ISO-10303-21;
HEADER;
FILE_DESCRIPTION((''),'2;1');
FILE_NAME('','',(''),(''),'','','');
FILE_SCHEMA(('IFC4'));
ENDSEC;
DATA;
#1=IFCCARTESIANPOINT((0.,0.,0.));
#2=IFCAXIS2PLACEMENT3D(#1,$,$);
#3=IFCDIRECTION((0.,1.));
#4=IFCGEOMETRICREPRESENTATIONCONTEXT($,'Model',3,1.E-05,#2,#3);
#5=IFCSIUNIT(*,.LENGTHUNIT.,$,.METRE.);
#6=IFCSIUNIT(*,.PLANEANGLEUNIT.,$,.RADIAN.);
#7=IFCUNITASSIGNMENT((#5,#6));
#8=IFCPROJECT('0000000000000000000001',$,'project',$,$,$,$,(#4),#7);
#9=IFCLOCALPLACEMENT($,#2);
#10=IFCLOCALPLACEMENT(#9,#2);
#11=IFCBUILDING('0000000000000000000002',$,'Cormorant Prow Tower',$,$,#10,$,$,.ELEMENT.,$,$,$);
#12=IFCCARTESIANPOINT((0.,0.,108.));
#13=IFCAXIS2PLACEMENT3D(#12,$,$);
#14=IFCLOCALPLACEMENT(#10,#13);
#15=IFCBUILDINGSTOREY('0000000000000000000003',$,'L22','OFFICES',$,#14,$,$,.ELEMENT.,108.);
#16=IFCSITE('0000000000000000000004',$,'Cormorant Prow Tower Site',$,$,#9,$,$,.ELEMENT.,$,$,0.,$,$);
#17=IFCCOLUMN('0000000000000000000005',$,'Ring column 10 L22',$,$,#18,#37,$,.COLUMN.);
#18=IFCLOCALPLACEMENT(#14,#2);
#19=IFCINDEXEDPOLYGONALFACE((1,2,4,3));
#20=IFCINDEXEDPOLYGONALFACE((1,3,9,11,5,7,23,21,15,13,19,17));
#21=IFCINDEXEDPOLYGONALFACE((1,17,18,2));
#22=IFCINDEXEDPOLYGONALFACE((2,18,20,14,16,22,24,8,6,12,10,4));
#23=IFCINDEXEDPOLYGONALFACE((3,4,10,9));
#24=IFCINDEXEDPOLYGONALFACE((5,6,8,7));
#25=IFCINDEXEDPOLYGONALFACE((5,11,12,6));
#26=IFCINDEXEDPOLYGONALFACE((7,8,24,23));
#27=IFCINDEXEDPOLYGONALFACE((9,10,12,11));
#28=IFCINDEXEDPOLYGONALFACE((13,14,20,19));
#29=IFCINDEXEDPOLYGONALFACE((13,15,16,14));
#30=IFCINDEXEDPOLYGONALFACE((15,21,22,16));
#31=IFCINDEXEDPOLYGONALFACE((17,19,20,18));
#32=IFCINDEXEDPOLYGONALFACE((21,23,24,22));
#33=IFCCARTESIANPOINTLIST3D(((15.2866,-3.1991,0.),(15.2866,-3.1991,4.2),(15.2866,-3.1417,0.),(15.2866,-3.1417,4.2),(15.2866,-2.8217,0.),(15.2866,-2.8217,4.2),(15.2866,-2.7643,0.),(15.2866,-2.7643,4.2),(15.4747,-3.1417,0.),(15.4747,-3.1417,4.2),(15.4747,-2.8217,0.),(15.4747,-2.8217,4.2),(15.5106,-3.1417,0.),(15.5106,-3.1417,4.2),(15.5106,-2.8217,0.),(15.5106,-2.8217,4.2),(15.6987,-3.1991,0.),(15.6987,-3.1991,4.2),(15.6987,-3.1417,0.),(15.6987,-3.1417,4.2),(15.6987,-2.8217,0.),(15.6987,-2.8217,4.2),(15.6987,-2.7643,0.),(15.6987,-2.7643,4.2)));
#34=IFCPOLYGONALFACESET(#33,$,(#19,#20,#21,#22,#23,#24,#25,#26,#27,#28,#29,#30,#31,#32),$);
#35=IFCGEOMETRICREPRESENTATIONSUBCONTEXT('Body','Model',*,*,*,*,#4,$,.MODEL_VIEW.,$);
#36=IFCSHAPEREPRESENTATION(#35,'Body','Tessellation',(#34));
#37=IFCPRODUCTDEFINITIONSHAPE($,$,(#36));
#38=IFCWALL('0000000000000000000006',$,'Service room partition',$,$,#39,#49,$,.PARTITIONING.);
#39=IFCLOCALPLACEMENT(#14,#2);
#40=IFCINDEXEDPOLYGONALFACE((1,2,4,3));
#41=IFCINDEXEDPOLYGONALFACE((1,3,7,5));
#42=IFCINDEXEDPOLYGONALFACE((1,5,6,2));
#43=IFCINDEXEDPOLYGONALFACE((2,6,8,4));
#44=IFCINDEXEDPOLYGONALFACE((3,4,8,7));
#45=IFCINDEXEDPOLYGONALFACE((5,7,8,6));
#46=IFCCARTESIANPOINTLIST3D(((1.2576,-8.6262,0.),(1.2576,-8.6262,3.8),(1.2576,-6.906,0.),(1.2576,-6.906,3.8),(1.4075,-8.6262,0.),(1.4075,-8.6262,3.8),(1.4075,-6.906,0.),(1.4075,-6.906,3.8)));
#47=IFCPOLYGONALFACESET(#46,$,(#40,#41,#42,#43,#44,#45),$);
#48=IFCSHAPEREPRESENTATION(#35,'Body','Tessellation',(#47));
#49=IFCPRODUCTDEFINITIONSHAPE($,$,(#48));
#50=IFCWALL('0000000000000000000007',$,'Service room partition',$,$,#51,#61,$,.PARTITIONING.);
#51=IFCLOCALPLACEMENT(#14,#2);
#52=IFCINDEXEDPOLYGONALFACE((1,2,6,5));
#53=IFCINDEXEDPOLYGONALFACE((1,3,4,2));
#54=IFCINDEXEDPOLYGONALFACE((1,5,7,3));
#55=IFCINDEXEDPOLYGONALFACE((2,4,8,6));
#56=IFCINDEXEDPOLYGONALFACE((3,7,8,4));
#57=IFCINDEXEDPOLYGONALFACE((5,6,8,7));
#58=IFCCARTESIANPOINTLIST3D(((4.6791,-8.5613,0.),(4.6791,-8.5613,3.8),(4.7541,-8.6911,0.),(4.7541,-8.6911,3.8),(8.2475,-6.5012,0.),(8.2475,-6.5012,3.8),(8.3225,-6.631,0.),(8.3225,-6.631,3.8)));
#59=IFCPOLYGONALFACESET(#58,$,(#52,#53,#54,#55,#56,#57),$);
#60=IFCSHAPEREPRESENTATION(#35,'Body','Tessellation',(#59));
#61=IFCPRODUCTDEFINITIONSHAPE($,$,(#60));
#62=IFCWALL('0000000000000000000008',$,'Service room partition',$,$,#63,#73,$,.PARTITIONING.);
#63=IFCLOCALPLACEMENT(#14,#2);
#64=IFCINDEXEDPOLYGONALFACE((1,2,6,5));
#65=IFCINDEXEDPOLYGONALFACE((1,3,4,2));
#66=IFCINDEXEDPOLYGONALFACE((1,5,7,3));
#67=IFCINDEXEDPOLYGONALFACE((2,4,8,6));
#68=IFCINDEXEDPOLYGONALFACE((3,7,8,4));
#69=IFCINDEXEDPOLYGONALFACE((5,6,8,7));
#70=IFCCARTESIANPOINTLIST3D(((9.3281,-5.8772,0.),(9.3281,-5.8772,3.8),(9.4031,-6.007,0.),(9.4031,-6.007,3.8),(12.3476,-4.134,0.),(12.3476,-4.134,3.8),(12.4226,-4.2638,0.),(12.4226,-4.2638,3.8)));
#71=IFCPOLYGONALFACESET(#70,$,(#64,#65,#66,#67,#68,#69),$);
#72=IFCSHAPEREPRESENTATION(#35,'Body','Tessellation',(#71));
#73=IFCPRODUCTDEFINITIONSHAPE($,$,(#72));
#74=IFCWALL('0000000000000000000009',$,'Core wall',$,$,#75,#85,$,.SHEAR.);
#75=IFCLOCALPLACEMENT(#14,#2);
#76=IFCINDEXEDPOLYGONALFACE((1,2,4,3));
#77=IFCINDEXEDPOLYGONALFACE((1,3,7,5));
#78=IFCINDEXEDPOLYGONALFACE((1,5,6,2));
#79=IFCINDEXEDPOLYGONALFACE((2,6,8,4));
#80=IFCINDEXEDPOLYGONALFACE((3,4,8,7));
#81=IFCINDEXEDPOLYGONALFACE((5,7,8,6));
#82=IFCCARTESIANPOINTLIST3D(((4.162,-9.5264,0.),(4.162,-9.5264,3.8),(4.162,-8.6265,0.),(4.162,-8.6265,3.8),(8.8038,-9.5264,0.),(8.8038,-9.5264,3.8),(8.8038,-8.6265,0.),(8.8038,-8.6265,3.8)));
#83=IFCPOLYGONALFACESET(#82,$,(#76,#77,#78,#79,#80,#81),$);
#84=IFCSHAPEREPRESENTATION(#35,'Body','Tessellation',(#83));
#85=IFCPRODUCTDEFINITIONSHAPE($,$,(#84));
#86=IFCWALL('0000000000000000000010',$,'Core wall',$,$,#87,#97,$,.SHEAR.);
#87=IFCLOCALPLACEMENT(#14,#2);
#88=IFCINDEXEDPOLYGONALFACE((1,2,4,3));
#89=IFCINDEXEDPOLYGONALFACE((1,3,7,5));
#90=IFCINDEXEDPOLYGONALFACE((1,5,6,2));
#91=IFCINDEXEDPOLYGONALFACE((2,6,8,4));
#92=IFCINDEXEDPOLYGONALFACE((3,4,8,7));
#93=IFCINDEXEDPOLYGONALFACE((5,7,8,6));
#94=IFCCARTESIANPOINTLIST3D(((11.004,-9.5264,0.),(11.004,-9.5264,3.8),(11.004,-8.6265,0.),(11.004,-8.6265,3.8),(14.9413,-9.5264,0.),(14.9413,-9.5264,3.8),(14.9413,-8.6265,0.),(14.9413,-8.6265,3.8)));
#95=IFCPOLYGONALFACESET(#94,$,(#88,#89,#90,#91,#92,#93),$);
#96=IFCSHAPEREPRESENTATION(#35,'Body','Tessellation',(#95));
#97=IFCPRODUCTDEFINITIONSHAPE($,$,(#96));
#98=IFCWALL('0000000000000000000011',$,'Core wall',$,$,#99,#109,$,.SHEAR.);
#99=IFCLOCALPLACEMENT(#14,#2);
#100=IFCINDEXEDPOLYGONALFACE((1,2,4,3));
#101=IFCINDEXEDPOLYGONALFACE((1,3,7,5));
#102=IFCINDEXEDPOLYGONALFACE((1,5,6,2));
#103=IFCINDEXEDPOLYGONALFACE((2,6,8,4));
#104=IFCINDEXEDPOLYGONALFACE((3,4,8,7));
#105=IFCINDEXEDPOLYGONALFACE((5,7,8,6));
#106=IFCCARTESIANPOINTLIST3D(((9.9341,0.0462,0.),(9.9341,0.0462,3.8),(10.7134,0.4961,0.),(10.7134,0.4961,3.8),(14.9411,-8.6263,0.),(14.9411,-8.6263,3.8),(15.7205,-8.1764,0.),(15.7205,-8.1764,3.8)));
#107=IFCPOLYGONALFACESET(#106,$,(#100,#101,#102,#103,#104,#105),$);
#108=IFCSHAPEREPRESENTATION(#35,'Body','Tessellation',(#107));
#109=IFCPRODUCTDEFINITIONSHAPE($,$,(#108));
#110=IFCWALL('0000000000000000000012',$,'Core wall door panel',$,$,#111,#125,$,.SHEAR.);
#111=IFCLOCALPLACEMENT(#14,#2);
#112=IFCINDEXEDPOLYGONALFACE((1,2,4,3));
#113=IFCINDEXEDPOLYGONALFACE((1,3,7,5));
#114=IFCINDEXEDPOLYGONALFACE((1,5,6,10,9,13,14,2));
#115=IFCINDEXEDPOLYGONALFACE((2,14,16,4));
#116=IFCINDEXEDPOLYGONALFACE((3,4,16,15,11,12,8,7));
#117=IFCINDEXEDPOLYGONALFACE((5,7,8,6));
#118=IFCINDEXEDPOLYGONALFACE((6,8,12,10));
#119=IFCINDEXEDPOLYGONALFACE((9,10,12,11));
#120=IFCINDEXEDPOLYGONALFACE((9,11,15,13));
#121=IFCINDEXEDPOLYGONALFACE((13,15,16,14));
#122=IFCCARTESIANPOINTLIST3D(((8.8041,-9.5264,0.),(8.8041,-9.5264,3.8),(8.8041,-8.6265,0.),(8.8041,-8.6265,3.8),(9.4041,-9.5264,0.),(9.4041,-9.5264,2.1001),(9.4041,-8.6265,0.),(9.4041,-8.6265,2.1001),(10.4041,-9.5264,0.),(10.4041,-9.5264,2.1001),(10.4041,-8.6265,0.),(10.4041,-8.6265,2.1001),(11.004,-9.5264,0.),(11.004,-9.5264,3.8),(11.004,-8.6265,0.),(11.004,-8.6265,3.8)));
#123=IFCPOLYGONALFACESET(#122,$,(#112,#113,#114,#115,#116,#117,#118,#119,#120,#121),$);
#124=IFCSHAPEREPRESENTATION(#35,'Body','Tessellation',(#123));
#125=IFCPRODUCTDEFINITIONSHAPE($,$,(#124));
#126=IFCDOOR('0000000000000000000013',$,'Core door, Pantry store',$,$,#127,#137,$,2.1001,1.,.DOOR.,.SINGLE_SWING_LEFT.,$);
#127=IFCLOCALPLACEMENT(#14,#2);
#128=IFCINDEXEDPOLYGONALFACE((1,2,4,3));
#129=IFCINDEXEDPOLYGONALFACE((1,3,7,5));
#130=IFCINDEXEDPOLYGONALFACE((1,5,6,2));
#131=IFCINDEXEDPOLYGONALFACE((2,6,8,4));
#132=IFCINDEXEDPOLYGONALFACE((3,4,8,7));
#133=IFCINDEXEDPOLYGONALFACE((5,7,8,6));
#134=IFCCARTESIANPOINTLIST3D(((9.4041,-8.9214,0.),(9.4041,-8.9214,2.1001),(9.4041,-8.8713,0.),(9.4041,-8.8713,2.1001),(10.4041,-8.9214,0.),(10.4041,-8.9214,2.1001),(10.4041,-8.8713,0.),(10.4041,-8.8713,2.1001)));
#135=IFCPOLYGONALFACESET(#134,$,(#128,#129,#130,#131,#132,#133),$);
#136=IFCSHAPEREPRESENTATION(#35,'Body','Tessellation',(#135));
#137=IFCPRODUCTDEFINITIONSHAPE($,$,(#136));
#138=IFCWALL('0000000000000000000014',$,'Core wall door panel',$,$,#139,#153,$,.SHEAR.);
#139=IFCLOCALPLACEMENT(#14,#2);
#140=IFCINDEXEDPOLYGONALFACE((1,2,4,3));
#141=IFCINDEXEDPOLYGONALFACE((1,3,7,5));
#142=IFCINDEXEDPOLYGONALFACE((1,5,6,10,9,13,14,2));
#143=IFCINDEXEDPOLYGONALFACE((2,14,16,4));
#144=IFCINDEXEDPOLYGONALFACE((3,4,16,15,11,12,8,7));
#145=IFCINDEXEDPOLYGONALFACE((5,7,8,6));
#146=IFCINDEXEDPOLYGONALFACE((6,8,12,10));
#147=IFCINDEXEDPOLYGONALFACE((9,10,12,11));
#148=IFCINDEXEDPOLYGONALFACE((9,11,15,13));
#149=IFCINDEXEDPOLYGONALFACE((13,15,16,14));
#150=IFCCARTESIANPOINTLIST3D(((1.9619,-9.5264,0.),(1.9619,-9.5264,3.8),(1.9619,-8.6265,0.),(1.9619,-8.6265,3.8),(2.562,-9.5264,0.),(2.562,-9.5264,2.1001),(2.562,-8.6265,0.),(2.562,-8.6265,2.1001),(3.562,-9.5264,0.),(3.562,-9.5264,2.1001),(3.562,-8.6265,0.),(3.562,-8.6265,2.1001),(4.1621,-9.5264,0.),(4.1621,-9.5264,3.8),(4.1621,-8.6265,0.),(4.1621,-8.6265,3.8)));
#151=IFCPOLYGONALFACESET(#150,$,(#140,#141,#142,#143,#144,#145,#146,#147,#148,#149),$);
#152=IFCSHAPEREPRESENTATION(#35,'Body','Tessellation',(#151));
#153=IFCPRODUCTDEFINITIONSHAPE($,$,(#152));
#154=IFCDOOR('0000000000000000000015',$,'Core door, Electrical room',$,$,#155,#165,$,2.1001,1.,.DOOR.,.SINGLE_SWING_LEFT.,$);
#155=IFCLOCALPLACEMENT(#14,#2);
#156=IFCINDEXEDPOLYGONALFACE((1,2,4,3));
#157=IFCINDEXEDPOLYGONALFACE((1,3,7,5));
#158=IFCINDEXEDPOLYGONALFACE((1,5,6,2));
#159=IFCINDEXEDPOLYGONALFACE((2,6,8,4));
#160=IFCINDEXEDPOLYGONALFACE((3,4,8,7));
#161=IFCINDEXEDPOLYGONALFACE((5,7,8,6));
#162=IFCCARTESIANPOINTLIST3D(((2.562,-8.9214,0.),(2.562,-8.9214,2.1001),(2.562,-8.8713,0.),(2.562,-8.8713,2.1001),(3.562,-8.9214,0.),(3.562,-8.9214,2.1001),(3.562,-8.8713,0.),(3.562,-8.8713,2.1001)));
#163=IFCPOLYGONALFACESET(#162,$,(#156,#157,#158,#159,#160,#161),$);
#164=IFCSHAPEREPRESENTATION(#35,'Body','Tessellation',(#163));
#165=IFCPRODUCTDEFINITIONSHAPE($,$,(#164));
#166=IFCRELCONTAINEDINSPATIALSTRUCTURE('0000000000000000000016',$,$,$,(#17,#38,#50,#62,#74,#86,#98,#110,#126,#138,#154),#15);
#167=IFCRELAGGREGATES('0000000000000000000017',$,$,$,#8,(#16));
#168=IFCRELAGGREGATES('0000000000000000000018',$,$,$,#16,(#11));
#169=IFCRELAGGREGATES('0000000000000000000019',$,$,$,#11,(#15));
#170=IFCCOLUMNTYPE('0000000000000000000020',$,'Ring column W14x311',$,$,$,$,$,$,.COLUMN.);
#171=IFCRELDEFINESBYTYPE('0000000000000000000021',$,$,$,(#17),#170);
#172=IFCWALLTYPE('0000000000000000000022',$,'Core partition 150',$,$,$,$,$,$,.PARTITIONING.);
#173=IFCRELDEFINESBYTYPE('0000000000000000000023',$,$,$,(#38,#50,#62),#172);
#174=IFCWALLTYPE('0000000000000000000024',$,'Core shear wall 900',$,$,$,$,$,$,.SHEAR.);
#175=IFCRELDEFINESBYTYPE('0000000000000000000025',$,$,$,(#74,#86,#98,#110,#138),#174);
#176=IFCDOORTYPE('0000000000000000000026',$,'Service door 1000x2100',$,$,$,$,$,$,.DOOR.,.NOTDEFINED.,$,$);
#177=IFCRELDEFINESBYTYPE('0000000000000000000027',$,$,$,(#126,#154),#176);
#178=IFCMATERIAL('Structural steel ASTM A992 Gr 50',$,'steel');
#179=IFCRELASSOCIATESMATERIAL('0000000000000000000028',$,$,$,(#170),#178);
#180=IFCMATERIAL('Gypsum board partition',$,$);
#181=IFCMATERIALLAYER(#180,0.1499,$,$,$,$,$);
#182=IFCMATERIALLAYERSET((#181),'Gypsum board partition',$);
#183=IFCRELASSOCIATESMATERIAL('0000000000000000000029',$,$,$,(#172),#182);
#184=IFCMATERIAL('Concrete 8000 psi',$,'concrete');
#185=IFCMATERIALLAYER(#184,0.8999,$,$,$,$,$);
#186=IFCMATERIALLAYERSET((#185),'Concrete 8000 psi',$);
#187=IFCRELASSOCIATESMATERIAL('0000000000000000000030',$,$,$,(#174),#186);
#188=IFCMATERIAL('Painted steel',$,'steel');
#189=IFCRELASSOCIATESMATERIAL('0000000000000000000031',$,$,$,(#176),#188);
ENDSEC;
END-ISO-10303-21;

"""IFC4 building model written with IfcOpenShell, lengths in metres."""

from ifc_helpers import new_model, si_unit, direction, frame, frame_2d, origin, origin_2d, place, context, subcontext, project, spatial, rectangle, i_section, extrude, material, layer, layer_set, material_profile, profile_set, type_object, element, fill, save


model = new_model("IFC4")

# Units and contexts
model_context = context("Model", 3, precision=1e-05, world=origin(), true_north=direction((0.0, 1.0)))
body_context = subcontext(model_context, "Body", "Model", "MODEL_VIEW")
ifc_project = project(units=[si_unit("LENGTHUNIT", "METRE"), si_unit("PLANEANGLEUNIT", "RADIAN")], contexts=[model_context])

# Site, building, storey
site_placement = place(None, origin())
site = spatial("IfcSite", under=ifc_project, at=site_placement, Name="Cormorant Prow Tower Site", CompositionType="ELEMENT", RefElevation=0.0)
building_placement = place(site_placement, origin())
building = spatial("IfcBuilding", under=site, at=building_placement, Name="Cormorant Prow Tower", CompositionType="ELEMENT")
storey_placement = place(building_placement, frame((0.0, 0.0, 108.0)))
storey = spatial("IfcBuildingStorey", under=building, at=storey_placement, Name="L22", Description="OFFICES", CompositionType="ELEMENT", Elevation=108.0)

# Column
ifc_material_1 = material(Name="Structural steel ASTM A992 Gr 50", Category="steel")
ifc_material_profile = material_profile(ifc_material_1, i_section(OverallWidth=0.4121, OverallDepth=0.4348, WebThickness=0.0359, FlangeThickness=0.0574, at=origin_2d()), Name="W14x311")
ifc_profile_set = profile_set([ifc_material_profile], Name="Structural steel ASTM A992 Gr 50")
column_type = type_object("IfcColumnType", Name="Ring column W14x311", PredefinedType="COLUMN", material=ifc_profile_set)
column_placement = place(storey_placement, frame((15.4927, -2.9817, 0.0), z_axis=(0.0, 0.0, 1.0), x_axis=(1.0, 0.0, 0.0)))
element("IfcColumn", 1, at=column_placement, inside=storey, type_object=column_type, Name="Ring column 10 L22", PredefinedType="COLUMN", context=body_context, shape_type="SweptSolid", body=[
    extrude(i_section(OverallWidth=0.4121, OverallDepth=0.4348, WebThickness=0.0359, FlangeThickness=0.0574, at=origin_2d()), origin(), (0.0, 0.0, 1.0), 4.2),
])

# Walls
ifc_material_2 = material(Name="Gypsum board partition")
ifc_layer_1 = layer(ifc_material_2, 0.1499)
ifc_layer_set_1 = layer_set([ifc_layer_1], Name="Gypsum board partition")
wall_type_1 = type_object("IfcWallType", Name="Core partition 150", PredefinedType="PARTITIONING", material=ifc_layer_set_1)
wall_1_placement = place(storey_placement, frame((1.3325, -8.6262, 0.0), z_axis=(0.0, 0.0, 1.0), x_axis=(0.0, 1.0, 0.0)))
element("IfcWall", 2, at=wall_1_placement, inside=storey, type_object=wall_type_1, Name="Service room partition", PredefinedType="PARTITIONING", context=body_context, shape_type="SweptSolid", body=[
    extrude(rectangle(XDim=1.7202, YDim=0.1499, at=frame_2d((0.8601, 0.0))), origin(), (0.0, 0.0, 1.0), 3.8),
])
wall_2_placement = place(storey_placement, frame((8.2849, -6.5662, 0.0), z_axis=(0.0, 0.0, 1.0), x_axis=(-0.86604, -0.499975, 0.0)))
element("IfcWall", 3, at=wall_2_placement, inside=storey, type_object=wall_type_1, Name="Service room partition", PredefinedType="PARTITIONING", context=body_context, shape_type="SweptSolid", body=[
    extrude(rectangle(XDim=4.1204, YDim=0.1499, at=frame_2d((2.0601, 0.0))), origin(), (0.0, 0.0, 1.0), 3.8),
])
wall_3_placement = place(storey_placement, frame((12.385, -4.199, 0.0), z_axis=(0.0, 0.0, 1.0), x_axis=(-0.866046, -0.499965, 0.0)))
element("IfcWall", 4, at=wall_3_placement, inside=storey, type_object=wall_type_1, Name="Service room partition", PredefinedType="PARTITIONING", context=body_context, shape_type="SweptSolid", body=[
    extrude(rectangle(XDim=3.4866, YDim=0.1499, at=frame_2d((1.7432, 0.0))), origin(), (0.0, 0.0, 1.0), 3.8),
])
ifc_material_3 = material(Name="Concrete 8000 psi", Category="concrete")
ifc_layer_2 = layer(ifc_material_3, 0.8999)
ifc_layer_set_2 = layer_set([ifc_layer_2], Name="Concrete 8000 psi")
wall_type_2 = type_object("IfcWallType", Name="Core shear wall 900", PredefinedType="SHEAR", material=ifc_layer_set_2)
wall_4_placement = place(storey_placement, frame((4.1621, -9.0764, 0.0), z_axis=(0.0, 0.0, 1.0), x_axis=(1.0, 0.0, 0.0)))
element("IfcWall", 5, at=wall_4_placement, inside=storey, type_object=wall_type_2, Name="Core wall", PredefinedType="SHEAR", context=body_context, shape_type="SweptSolid", body=[
    extrude(rectangle(XDim=4.6418, YDim=0.8999, at=frame_2d((2.3208, 0.0))), origin(), (0.0, 0.0, 1.0), 3.8),
])
wall_5_placement = place(storey_placement, frame((11.0039, -9.0764, 0.0), z_axis=(0.0, 0.0, 1.0), x_axis=(1.0, 0.0, 0.0)))
element("IfcWall", 6, at=wall_5_placement, inside=storey, type_object=wall_type_2, Name="Core wall", PredefinedType="SHEAR", context=body_context, shape_type="SweptSolid", body=[
    extrude(rectangle(XDim=3.9373, YDim=0.8999, at=frame_2d((1.9688, 0.0))), origin(), (0.0, 0.0, 1.0), 3.8),
])
wall_6_placement = place(storey_placement, frame((15.3308, -8.4014, 0.0), z_axis=(0.0, 0.0, 1.0), x_axis=(-0.499996, 0.866028, 0.0)))
element("IfcWall", 7, at=wall_6_placement, inside=storey, type_object=wall_type_2, Name="Core wall", PredefinedType="SHEAR", context=body_context, shape_type="SweptSolid", body=[
    extrude(rectangle(XDim=10.0142, YDim=0.8999, at=frame_2d((5.0071, 0.0))), origin(), (0.0, 0.0, 1.0), 3.8),
])

# Walls, openings, doors
wall_7_placement = place(storey_placement, frame((8.804, -9.0764, 0.0), z_axis=(0.0, 0.0, 1.0), x_axis=(1.0, 0.0, 0.0)))
wall_7 = element("IfcWall", 8, at=wall_7_placement, inside=storey, type_object=wall_type_2, Name="Core wall door panel", PredefinedType="SHEAR", context=body_context, shape_type="SweptSolid", body=[
    extrude(rectangle(XDim=2.2, YDim=0.8999, at=frame_2d((1.1001, 0.0))), origin(), (0.0, 0.0, 1.0), 3.8),
])
opening_1_placement = place(wall_7_placement, frame((0.6001, 0.0, 0.0)))
opening_1 = element("IfcOpeningElement", 9, at=opening_1_placement, cuts=wall_7, PredefinedType="OPENING", context=body_context, shape_type="SweptSolid", body=[
    extrude(rectangle(XDim=1.0, YDim=2.1001, at=frame_2d((0.5, 1.05))), frame((0.0, 0.46, 0.0), z_axis=(0.0, -1.0, 0.0), x_axis=(1.0, 0.0, 0.0)), (0.0, 0.0, 1.0), 0.9199),
])
ifc_material_4 = material(Name="Painted steel", Category="steel")
door_type_1 = type_object("IfcDoorType", Name="Service door 1000x2100", OperationType="NOTDEFINED", PredefinedType="DOOR", material=ifc_material_4)
door_1_placement = place(opening_1_placement, origin())
door_1 = element("IfcDoor", 10, at=door_1_placement, inside=storey, type_object=door_type_1, Name="Core door, Pantry store", OperationType="SINGLE_SWING_LEFT", OverallHeight=2.1001, OverallWidth=1.0, PredefinedType="DOOR", context=body_context, shape_type="SweptSolid", body=[
    extrude(rectangle(XDim=1.0, YDim=2.1001, at=frame_2d((0.5, 1.05))), frame((0.0, 0.2051, 0.0), z_axis=(0.0, -1.0, 0.0), x_axis=(1.0, 0.0, 0.0)), (0.0, 0.0, 1.0), 0.05),
])
fill(opening_1, door_1)
wall_8_placement = place(storey_placement, frame((1.9619, -9.0764, 0.0), z_axis=(0.0, 0.0, 1.0), x_axis=(1.0, 0.0, 0.0)))
wall_8 = element("IfcWall", 11, at=wall_8_placement, inside=storey, type_object=wall_type_2, Name="Core wall door panel", PredefinedType="SHEAR", context=body_context, shape_type="SweptSolid", body=[
    extrude(rectangle(XDim=2.2002, YDim=0.8999, at=frame_2d((1.1001, 0.0))), origin(), (0.0, 0.0, 1.0), 3.8),
])
opening_2_placement = place(wall_8_placement, frame((0.6001, 0.0, 0.0)))
opening_2 = element("IfcOpeningElement", 12, at=opening_2_placement, cuts=wall_8, PredefinedType="OPENING", context=body_context, shape_type="SweptSolid", body=[
    extrude(rectangle(XDim=1.0, YDim=2.1001, at=frame_2d((0.5, 1.05))), frame((0.0, 0.46, 0.0), z_axis=(0.0, -1.0, 0.0), x_axis=(1.0, 0.0, 0.0)), (0.0, 0.0, 1.0), 0.9199),
])
door_2_placement = place(opening_2_placement, origin())
door_2 = element("IfcDoor", 13, at=door_2_placement, inside=storey, type_object=door_type_1, Name="Core door, Electrical room", OperationType="SINGLE_SWING_LEFT", OverallHeight=2.1001, OverallWidth=1.0, PredefinedType="DOOR", context=body_context, shape_type="SweptSolid", body=[
    extrude(rectangle(XDim=1.0, YDim=2.1001, at=frame_2d((0.5, 1.05))), frame((0.0, 0.2051, 0.0), z_axis=(0.0, -1.0, 0.0), x_axis=(1.0, 0.0, 0.0)), (0.0, 0.0, 1.0), 0.05),
])
fill(opening_2, door_2)

save(model, "model.ifc")
